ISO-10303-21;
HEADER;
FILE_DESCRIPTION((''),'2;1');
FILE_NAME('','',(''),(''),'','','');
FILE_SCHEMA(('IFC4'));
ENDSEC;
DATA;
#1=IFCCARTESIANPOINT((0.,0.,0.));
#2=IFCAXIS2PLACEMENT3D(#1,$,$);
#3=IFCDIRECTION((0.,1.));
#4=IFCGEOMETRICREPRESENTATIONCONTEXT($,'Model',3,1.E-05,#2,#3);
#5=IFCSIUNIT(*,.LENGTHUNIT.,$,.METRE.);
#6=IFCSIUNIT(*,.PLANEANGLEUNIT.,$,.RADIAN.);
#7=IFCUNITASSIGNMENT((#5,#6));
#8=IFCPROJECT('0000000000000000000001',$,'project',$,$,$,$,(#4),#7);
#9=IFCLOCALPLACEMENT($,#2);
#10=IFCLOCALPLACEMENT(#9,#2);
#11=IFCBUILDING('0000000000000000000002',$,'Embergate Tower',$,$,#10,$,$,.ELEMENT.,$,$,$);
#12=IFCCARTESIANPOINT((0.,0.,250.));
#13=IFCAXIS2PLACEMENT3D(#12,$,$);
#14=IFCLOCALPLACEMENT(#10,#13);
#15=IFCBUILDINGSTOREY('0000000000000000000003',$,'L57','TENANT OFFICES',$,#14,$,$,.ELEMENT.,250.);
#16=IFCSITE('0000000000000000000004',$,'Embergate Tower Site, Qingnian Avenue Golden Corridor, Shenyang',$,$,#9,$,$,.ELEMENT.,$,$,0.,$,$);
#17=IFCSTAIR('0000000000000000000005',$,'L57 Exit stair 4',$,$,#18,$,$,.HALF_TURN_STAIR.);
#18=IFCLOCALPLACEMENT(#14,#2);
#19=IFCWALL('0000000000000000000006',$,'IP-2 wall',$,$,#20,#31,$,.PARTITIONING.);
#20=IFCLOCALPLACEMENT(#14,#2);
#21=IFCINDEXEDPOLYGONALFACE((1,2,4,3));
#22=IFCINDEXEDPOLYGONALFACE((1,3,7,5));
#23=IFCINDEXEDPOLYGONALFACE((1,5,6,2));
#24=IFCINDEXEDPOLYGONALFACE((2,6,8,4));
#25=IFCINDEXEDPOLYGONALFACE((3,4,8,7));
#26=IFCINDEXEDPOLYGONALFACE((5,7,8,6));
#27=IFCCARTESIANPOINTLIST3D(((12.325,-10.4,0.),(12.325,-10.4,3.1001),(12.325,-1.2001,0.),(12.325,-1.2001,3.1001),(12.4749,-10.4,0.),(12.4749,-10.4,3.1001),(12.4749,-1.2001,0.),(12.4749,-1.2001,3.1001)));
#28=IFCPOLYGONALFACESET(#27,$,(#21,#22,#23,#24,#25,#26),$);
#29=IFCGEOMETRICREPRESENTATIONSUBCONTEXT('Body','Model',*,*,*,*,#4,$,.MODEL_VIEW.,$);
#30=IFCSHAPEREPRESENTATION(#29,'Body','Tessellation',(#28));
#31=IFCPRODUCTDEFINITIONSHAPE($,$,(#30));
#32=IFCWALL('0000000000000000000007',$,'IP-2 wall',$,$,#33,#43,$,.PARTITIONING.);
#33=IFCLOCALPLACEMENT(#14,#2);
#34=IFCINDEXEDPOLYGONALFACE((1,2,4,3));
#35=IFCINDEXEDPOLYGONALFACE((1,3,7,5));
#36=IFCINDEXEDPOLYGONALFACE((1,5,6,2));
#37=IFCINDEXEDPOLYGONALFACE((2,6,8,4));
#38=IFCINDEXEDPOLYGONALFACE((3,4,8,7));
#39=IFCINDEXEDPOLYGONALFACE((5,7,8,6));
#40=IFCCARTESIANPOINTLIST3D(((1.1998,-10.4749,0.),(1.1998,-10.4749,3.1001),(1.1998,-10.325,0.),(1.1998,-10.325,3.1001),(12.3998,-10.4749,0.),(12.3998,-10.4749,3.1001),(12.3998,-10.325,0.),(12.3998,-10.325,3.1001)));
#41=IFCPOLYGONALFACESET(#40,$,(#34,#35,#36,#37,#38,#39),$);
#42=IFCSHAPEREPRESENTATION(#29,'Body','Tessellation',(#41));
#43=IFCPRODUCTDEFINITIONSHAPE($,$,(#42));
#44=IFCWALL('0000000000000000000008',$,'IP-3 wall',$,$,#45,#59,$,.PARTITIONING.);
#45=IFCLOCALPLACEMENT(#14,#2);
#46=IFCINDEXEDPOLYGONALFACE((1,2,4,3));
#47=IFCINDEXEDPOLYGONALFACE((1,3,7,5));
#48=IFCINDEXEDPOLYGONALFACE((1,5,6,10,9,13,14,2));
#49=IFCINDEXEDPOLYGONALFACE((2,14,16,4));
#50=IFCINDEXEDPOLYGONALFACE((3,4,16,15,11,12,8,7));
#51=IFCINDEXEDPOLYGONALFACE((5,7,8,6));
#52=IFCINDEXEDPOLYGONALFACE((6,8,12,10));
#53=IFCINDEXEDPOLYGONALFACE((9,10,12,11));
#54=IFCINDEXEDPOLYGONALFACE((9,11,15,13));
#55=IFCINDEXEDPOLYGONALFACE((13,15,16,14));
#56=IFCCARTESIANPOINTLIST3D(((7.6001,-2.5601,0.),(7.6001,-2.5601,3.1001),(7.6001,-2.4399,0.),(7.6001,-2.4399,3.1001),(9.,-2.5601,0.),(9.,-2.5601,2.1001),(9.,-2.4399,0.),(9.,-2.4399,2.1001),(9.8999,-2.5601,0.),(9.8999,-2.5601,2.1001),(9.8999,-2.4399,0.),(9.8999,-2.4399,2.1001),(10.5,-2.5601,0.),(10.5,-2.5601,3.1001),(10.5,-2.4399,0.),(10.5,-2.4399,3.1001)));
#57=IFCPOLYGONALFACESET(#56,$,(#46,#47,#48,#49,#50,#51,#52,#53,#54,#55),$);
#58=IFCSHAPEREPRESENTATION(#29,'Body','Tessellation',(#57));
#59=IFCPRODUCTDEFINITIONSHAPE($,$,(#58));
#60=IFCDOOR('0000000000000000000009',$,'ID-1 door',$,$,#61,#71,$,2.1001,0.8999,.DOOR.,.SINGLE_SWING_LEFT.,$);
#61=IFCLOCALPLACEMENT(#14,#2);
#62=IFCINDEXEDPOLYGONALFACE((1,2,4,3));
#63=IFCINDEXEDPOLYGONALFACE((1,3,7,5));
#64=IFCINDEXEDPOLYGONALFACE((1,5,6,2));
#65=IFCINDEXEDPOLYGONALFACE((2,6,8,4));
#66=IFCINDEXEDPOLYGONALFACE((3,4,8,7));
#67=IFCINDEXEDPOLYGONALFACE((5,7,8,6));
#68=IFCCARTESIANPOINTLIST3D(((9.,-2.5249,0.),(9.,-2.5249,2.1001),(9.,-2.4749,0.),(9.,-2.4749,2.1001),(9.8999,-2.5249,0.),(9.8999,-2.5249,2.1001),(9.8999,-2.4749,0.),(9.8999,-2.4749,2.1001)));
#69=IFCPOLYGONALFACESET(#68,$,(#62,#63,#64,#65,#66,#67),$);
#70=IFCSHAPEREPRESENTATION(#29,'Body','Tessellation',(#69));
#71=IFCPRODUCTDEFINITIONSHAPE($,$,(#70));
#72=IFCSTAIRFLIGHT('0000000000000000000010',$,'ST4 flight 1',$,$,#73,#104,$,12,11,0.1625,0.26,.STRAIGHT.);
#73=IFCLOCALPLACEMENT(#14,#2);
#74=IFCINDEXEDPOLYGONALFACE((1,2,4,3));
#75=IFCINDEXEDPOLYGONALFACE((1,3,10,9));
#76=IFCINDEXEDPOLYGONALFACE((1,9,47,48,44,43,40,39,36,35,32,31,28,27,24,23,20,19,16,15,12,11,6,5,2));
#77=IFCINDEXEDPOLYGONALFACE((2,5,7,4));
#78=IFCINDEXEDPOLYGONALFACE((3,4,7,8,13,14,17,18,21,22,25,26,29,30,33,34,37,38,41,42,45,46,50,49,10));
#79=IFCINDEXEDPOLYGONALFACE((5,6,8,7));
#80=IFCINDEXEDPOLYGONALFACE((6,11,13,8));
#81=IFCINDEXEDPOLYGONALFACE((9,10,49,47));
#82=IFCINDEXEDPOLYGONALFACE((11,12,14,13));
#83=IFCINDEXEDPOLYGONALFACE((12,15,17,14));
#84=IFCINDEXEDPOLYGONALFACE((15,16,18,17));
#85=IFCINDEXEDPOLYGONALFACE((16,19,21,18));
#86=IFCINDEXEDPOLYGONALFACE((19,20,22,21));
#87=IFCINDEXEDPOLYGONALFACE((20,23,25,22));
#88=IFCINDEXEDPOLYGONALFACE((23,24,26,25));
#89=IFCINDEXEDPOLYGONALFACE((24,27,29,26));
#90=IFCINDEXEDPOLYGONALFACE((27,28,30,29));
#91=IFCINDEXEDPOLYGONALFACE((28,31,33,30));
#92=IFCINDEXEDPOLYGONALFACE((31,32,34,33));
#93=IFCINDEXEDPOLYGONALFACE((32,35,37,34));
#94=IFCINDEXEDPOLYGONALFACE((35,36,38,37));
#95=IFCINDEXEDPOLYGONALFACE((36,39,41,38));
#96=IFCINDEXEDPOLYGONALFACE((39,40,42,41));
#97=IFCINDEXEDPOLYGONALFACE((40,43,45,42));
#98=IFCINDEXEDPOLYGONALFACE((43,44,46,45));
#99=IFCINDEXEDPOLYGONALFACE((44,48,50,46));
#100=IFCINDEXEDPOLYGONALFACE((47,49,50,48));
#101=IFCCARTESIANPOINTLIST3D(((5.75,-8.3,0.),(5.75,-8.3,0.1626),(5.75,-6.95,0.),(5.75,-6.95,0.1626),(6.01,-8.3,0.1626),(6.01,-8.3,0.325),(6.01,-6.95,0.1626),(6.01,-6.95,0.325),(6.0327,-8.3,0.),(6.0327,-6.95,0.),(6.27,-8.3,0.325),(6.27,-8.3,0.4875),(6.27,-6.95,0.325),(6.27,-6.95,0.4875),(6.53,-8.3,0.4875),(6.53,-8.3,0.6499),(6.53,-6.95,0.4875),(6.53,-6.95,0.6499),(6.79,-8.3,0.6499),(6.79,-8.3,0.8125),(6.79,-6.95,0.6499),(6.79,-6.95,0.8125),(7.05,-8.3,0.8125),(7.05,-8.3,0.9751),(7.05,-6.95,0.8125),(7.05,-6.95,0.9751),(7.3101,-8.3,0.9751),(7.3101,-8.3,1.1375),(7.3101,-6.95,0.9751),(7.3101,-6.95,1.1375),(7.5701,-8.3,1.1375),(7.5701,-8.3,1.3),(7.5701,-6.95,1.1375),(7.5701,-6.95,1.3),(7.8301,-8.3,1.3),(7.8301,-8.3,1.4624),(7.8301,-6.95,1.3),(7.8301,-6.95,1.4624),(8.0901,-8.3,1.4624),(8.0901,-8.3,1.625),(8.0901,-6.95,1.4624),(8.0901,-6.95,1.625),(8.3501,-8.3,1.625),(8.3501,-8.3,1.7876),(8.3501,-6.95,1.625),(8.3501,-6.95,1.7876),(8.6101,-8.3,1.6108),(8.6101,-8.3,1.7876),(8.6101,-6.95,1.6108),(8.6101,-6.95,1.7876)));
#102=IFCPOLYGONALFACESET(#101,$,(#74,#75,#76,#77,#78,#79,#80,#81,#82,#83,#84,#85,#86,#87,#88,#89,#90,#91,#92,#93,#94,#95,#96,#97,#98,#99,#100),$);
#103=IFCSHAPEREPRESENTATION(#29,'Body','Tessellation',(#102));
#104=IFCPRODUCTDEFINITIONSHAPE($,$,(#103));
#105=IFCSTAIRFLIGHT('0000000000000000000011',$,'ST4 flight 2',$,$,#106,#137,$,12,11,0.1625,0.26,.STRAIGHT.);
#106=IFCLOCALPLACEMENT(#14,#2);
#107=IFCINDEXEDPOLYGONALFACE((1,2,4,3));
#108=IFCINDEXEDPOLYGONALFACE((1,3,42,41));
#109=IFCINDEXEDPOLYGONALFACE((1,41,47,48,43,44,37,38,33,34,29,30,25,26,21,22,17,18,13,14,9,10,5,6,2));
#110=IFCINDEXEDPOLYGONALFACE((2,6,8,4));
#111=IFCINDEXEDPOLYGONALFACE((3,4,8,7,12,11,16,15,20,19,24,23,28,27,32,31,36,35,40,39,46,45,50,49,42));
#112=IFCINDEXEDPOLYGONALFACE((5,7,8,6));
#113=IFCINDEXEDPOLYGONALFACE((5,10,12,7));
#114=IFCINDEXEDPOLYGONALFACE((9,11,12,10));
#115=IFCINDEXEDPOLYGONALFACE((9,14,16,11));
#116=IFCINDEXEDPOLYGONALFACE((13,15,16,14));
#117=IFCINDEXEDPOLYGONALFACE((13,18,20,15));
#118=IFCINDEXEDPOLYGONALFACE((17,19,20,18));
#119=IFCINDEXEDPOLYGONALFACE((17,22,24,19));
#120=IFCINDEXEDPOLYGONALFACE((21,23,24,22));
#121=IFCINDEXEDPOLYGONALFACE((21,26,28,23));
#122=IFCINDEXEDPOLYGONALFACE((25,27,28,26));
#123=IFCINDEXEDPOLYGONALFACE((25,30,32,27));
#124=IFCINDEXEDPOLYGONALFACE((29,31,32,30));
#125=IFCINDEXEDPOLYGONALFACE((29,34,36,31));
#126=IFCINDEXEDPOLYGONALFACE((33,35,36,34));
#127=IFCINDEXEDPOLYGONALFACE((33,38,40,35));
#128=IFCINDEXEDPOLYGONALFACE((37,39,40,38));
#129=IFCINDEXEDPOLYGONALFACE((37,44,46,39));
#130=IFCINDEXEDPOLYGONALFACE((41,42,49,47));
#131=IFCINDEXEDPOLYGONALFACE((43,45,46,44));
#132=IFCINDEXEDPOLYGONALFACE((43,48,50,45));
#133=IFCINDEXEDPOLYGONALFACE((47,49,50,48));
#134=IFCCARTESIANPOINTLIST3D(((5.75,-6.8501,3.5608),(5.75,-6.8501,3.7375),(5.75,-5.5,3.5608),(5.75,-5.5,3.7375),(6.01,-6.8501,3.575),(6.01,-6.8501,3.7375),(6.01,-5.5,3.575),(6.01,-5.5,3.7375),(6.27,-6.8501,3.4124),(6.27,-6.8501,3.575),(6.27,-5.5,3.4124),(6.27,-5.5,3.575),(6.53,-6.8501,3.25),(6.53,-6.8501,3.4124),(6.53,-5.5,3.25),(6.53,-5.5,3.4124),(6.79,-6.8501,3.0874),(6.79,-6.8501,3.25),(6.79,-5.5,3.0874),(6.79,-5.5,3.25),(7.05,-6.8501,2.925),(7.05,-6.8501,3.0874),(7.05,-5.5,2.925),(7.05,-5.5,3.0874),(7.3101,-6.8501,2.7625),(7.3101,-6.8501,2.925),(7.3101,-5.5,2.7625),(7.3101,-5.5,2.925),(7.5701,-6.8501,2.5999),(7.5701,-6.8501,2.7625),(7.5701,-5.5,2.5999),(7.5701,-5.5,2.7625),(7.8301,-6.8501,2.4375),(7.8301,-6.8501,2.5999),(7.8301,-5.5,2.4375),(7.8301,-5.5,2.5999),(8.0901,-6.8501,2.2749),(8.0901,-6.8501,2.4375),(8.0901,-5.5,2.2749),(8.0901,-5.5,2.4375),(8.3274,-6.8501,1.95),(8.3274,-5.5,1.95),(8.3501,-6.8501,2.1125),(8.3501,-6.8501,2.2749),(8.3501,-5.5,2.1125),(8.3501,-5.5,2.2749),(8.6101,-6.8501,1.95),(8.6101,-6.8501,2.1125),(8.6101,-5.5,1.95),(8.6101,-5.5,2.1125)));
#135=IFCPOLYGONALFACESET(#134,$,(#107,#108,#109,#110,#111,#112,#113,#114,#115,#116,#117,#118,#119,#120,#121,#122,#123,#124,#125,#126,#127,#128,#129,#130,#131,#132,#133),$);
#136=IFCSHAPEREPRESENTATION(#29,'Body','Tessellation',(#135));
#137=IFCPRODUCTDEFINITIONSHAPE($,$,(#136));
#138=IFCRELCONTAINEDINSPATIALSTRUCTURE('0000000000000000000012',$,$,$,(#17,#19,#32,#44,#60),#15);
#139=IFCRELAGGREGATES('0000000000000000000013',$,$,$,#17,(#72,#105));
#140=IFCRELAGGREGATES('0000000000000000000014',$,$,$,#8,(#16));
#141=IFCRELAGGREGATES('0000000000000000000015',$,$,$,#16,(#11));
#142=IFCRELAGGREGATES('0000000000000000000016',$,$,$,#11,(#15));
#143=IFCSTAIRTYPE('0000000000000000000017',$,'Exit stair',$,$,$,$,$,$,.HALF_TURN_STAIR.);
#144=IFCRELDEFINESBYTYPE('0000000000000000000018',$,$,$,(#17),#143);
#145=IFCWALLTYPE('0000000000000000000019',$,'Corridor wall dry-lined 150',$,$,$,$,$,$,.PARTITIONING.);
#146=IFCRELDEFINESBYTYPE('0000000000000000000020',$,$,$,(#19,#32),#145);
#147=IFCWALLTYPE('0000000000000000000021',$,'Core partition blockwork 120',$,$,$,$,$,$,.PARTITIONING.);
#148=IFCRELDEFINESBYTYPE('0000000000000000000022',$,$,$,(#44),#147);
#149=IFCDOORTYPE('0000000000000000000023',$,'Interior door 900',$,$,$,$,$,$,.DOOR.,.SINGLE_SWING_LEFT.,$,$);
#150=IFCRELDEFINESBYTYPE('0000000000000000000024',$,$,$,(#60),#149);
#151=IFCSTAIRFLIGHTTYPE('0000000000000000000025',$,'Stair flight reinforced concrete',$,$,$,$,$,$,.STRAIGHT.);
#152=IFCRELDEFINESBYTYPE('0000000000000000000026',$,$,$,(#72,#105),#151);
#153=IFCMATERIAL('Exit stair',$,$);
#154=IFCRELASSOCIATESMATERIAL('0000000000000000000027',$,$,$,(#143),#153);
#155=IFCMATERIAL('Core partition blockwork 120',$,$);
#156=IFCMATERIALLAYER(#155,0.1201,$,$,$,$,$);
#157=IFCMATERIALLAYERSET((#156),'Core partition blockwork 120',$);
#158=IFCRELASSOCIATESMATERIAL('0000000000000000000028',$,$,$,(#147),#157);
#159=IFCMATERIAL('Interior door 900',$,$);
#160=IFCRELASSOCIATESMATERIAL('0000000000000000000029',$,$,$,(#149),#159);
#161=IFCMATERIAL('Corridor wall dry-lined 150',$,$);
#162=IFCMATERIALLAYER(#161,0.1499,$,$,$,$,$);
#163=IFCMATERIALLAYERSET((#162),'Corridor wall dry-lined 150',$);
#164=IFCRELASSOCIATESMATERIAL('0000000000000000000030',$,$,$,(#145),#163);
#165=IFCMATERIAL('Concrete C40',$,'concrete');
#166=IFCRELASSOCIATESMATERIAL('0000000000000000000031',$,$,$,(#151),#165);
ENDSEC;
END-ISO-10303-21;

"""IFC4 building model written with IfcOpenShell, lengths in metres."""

from ifc_helpers import new_model, si_unit, direction, frame, frame_2d, origin, place, context, subcontext, project, spatial, polyline, rectangle, outline, extrude, source, transform, mapped, material, layer, layer_set, type_object, element, fill, aggregate, save


model = new_model("IFC4")

# Units and contexts
model_context = context("Model", 3, precision=1e-05, world=origin(), true_north=direction((0.0, 1.0)))
body_context = subcontext(model_context, "Body", "Model", "MODEL_VIEW")
ifc_project = project(units=[si_unit("LENGTHUNIT", "METRE"), si_unit("PLANEANGLEUNIT", "RADIAN")], contexts=[model_context])

# Site, building, storey
site_placement = place(None, origin())
site = spatial("IfcSite", under=ifc_project, at=site_placement, Name="Embergate Tower Site, Qingnian Avenue Golden Corridor, Shenyang", CompositionType="ELEMENT", RefElevation=0.0)
building_placement = place(site_placement, origin())
building = spatial("IfcBuilding", under=site, at=building_placement, Name="Embergate Tower", CompositionType="ELEMENT")
storey_placement = place(building_placement, frame((0.0, 0.0, 250.0)))
storey = spatial("IfcBuildingStorey", under=building, at=storey_placement, Name="L57", Description="TENANT OFFICES", CompositionType="ELEMENT", Elevation=250.0)

# Stair
ifc_material_1 = material(Name="Exit stair")
stair_type = type_object("IfcStairType", Name="Exit stair", PredefinedType="HALF_TURN_STAIR", material=ifc_material_1)
stair_placement = place(storey_placement, origin())
stair = element("IfcStair", 1, at=stair_placement, inside=storey, type_object=stair_type, Name="L57 Exit stair 4", PredefinedType="HALF_TURN_STAIR")
ifc_material_2 = material(Name="Concrete C40", Category="concrete")

# Shared definitions
ifc_material_3 = material(Name="Core partition blockwork 120")
ifc_layer_1 = layer(ifc_material_3, 0.1201)
ifc_layer_set_1 = layer_set([ifc_layer_1], Name="Core partition blockwork 120")
wall_type_1 = type_object("IfcWallType", Name="Core partition blockwork 120", PredefinedType="PARTITIONING", material=ifc_layer_set_1)
shared_shape_1 = source(origin(), body_context, "Body", "SweptSolid", [
    extrude(rectangle(XDim=0.8999, YDim=2.1001, at=frame_2d((0.45, 1.05))), frame((0.0, 0.0701, 0.0), z_axis=(0.0, -1.0, 0.0), x_axis=(1.0, 0.0, 0.0)), (0.0, 0.0, 1.0), 0.1401),
])
ifc_material_4 = material(Name="Interior door 900")
door_type_1 = type_object("IfcDoorType", Name="Interior door 900", OperationType="SINGLE_SWING_LEFT", PredefinedType="DOOR", material=ifc_material_4)
shared_shape_2 = source(origin(), body_context, "Body", "SweptSolid", [
    extrude(rectangle(XDim=0.8999, YDim=2.1001, at=frame_2d((0.45, 1.05))), frame((0.0, 0.0249, 0.0), z_axis=(0.0, -1.0, 0.0), x_axis=(1.0, 0.0, 0.0)), (0.0, 0.0, 1.0), 0.05),
])

# Walls
ifc_material_5 = material(Name="Corridor wall dry-lined 150")
ifc_layer_2 = layer(ifc_material_5, 0.1499)
ifc_layer_set_2 = layer_set([ifc_layer_2], Name="Corridor wall dry-lined 150")
wall_type_2 = type_object("IfcWallType", Name="Corridor wall dry-lined 150", PredefinedType="PARTITIONING", material=ifc_layer_set_2)
shared_shape_3 = source(origin(), body_context, "Body", "SweptSolid", [
    extrude(rectangle(XDim=9.2, YDim=0.1499, at=frame_2d((4.6001, 0.0))), origin(), (0.0, 0.0, 1.0), 3.1001),
])
wall_1_placement = place(storey_placement, frame((12.3999, -1.2, 0.0), z_axis=(0.0, 0.0, 1.0), x_axis=(0.0, -1.0, 0.0)))
element("IfcWall", 2, at=wall_1_placement, inside=storey, type_object=wall_type_2, Name="IP-2 wall", PredefinedType="PARTITIONING", context=body_context, shape_type="MappedRepresentation", body=[
    mapped(shared_shape_3, transform((0.0, 0.0, 0.0))),
])
shared_shape_4 = source(origin(), body_context, "Body", "SweptSolid", [
    extrude(rectangle(XDim=11.2, YDim=0.1499, at=frame_2d((5.6001, 0.0))), origin(), (0.0, 0.0, 1.0), 3.1001),
])
wall_2_placement = place(storey_placement, frame((12.3999, -10.3999, 0.0), z_axis=(0.0, 0.0, 1.0), x_axis=(-1.0, 0.0, 0.0)))
element("IfcWall", 3, at=wall_2_placement, inside=storey, type_object=wall_type_2, Name="IP-2 wall", PredefinedType="PARTITIONING", context=body_context, shape_type="MappedRepresentation", body=[
    mapped(shared_shape_4, transform((0.0, 0.0, 0.0))),
])

# Wall, opening, door
shared_shape_5 = source(origin(), body_context, "Body", "SweptSolid", [
    extrude(rectangle(XDim=2.8999, YDim=0.1201, at=frame_2d((1.45, 0.0))), origin(), (0.0, 0.0, 1.0), 3.1001),
])
wall_3_placement = place(storey_placement, frame((10.5, -2.5, 0.0), z_axis=(0.0, 0.0, 1.0), x_axis=(-1.0, 0.0, 0.0)))
wall_3 = element("IfcWall", 4, at=wall_3_placement, inside=storey, type_object=wall_type_1, Name="IP-3 wall", PredefinedType="PARTITIONING", context=body_context, shape_type="MappedRepresentation", body=[
    mapped(shared_shape_5, transform((0.0, 0.0, 0.0))),
])
opening_1_placement = place(wall_3_placement, frame((0.6001, 0.0, 0.0)))
opening_1 = element("IfcOpeningElement", 5, at=opening_1_placement, cuts=wall_3, PredefinedType="OPENING", context=body_context, shape_type="MappedRepresentation", body=[
    mapped(shared_shape_1, transform((0.0, 0.0, 0.0))),
])
door_1_placement = place(opening_1_placement, origin())
door_1 = element("IfcDoor", 6, at=door_1_placement, inside=storey, type_object=door_type_1, Name="ID-1 door", OperationType="SINGLE_SWING_LEFT", OverallHeight=2.1001, OverallWidth=0.8999, PredefinedType="DOOR", context=body_context, shape_type="MappedRepresentation", body=[
    mapped(shared_shape_2, transform((0.0, 0.0, 0.0))),
])
fill(opening_1, door_1)

# Stair flights
stair_flight_type = type_object("IfcStairFlightType", Name="Stair flight reinforced concrete", PredefinedType="STRAIGHT", material=ifc_material_2)
shared_shape_6 = source(origin(), body_context, "Body", "SweptSolid", [
    extrude(outline(polyline([(0.0, 0.0), (0.0, 0.1626), (0.26, 0.1626), (0.26, 0.325), (0.52, 0.325), (0.52, 0.4875), (0.78, 0.4875), (0.78, 0.6499), (1.04, 0.6499), (1.04, 0.8125), (1.3, 0.8125), (1.3, 0.9751), (1.5601, 0.9751), (1.5601, 1.1375), (1.8201, 1.1375), (1.8201, 1.3), (2.0801, 1.3), (2.0801, 1.4624), (2.3401, 1.4624), (2.3401, 1.625), (2.6001, 1.625), (2.6001, 1.7876), (2.8601, 1.7876), (2.8601, 1.95), (2.8601, 1.6108), (0.2827, 0.0), (0.0, 0.0)])), frame((0.0, 0.675, 0.0), z_axis=(0.0, -1.0, 0.0), x_axis=(1.0, 0.0, 0.0)), (0.0, 0.0, 1.0), 1.3501),
])
stair_flight_1_placement = place(storey_placement, frame((5.75, -7.625, 0.0), z_axis=(0.0, 0.0, 1.0), x_axis=(1.0, 0.0, 0.0)))
stair_flight_1 = element("IfcStairFlight", 7, at=stair_flight_1_placement, type_object=stair_flight_type, Name="ST4 flight 1", NumberOfRisers=12, NumberOfTreads=11, PredefinedType="STRAIGHT", RiserHeight=0.1625, TreadLength=0.26, context=body_context, shape_type="MappedRepresentation", body=[
    mapped(shared_shape_6, transform((0.0, 0.0, 0.0))),
])
stair_flight_2_placement = place(storey_placement, frame((8.6101, -6.175, 1.95), z_axis=(0.0, 0.0, 1.0), x_axis=(-1.0, 0.0, 0.0)))
stair_flight_2 = element("IfcStairFlight", 8, at=stair_flight_2_placement, type_object=stair_flight_type, Name="ST4 flight 2", NumberOfRisers=12, NumberOfTreads=11, PredefinedType="STRAIGHT", RiserHeight=0.1625, TreadLength=0.26, context=body_context, shape_type="MappedRepresentation", body=[
    mapped(shared_shape_6, transform((0.0, 0.0, 0.0))),
])
aggregate(stair, [stair_flight_1, stair_flight_2])

save(model, "model.ifc")
